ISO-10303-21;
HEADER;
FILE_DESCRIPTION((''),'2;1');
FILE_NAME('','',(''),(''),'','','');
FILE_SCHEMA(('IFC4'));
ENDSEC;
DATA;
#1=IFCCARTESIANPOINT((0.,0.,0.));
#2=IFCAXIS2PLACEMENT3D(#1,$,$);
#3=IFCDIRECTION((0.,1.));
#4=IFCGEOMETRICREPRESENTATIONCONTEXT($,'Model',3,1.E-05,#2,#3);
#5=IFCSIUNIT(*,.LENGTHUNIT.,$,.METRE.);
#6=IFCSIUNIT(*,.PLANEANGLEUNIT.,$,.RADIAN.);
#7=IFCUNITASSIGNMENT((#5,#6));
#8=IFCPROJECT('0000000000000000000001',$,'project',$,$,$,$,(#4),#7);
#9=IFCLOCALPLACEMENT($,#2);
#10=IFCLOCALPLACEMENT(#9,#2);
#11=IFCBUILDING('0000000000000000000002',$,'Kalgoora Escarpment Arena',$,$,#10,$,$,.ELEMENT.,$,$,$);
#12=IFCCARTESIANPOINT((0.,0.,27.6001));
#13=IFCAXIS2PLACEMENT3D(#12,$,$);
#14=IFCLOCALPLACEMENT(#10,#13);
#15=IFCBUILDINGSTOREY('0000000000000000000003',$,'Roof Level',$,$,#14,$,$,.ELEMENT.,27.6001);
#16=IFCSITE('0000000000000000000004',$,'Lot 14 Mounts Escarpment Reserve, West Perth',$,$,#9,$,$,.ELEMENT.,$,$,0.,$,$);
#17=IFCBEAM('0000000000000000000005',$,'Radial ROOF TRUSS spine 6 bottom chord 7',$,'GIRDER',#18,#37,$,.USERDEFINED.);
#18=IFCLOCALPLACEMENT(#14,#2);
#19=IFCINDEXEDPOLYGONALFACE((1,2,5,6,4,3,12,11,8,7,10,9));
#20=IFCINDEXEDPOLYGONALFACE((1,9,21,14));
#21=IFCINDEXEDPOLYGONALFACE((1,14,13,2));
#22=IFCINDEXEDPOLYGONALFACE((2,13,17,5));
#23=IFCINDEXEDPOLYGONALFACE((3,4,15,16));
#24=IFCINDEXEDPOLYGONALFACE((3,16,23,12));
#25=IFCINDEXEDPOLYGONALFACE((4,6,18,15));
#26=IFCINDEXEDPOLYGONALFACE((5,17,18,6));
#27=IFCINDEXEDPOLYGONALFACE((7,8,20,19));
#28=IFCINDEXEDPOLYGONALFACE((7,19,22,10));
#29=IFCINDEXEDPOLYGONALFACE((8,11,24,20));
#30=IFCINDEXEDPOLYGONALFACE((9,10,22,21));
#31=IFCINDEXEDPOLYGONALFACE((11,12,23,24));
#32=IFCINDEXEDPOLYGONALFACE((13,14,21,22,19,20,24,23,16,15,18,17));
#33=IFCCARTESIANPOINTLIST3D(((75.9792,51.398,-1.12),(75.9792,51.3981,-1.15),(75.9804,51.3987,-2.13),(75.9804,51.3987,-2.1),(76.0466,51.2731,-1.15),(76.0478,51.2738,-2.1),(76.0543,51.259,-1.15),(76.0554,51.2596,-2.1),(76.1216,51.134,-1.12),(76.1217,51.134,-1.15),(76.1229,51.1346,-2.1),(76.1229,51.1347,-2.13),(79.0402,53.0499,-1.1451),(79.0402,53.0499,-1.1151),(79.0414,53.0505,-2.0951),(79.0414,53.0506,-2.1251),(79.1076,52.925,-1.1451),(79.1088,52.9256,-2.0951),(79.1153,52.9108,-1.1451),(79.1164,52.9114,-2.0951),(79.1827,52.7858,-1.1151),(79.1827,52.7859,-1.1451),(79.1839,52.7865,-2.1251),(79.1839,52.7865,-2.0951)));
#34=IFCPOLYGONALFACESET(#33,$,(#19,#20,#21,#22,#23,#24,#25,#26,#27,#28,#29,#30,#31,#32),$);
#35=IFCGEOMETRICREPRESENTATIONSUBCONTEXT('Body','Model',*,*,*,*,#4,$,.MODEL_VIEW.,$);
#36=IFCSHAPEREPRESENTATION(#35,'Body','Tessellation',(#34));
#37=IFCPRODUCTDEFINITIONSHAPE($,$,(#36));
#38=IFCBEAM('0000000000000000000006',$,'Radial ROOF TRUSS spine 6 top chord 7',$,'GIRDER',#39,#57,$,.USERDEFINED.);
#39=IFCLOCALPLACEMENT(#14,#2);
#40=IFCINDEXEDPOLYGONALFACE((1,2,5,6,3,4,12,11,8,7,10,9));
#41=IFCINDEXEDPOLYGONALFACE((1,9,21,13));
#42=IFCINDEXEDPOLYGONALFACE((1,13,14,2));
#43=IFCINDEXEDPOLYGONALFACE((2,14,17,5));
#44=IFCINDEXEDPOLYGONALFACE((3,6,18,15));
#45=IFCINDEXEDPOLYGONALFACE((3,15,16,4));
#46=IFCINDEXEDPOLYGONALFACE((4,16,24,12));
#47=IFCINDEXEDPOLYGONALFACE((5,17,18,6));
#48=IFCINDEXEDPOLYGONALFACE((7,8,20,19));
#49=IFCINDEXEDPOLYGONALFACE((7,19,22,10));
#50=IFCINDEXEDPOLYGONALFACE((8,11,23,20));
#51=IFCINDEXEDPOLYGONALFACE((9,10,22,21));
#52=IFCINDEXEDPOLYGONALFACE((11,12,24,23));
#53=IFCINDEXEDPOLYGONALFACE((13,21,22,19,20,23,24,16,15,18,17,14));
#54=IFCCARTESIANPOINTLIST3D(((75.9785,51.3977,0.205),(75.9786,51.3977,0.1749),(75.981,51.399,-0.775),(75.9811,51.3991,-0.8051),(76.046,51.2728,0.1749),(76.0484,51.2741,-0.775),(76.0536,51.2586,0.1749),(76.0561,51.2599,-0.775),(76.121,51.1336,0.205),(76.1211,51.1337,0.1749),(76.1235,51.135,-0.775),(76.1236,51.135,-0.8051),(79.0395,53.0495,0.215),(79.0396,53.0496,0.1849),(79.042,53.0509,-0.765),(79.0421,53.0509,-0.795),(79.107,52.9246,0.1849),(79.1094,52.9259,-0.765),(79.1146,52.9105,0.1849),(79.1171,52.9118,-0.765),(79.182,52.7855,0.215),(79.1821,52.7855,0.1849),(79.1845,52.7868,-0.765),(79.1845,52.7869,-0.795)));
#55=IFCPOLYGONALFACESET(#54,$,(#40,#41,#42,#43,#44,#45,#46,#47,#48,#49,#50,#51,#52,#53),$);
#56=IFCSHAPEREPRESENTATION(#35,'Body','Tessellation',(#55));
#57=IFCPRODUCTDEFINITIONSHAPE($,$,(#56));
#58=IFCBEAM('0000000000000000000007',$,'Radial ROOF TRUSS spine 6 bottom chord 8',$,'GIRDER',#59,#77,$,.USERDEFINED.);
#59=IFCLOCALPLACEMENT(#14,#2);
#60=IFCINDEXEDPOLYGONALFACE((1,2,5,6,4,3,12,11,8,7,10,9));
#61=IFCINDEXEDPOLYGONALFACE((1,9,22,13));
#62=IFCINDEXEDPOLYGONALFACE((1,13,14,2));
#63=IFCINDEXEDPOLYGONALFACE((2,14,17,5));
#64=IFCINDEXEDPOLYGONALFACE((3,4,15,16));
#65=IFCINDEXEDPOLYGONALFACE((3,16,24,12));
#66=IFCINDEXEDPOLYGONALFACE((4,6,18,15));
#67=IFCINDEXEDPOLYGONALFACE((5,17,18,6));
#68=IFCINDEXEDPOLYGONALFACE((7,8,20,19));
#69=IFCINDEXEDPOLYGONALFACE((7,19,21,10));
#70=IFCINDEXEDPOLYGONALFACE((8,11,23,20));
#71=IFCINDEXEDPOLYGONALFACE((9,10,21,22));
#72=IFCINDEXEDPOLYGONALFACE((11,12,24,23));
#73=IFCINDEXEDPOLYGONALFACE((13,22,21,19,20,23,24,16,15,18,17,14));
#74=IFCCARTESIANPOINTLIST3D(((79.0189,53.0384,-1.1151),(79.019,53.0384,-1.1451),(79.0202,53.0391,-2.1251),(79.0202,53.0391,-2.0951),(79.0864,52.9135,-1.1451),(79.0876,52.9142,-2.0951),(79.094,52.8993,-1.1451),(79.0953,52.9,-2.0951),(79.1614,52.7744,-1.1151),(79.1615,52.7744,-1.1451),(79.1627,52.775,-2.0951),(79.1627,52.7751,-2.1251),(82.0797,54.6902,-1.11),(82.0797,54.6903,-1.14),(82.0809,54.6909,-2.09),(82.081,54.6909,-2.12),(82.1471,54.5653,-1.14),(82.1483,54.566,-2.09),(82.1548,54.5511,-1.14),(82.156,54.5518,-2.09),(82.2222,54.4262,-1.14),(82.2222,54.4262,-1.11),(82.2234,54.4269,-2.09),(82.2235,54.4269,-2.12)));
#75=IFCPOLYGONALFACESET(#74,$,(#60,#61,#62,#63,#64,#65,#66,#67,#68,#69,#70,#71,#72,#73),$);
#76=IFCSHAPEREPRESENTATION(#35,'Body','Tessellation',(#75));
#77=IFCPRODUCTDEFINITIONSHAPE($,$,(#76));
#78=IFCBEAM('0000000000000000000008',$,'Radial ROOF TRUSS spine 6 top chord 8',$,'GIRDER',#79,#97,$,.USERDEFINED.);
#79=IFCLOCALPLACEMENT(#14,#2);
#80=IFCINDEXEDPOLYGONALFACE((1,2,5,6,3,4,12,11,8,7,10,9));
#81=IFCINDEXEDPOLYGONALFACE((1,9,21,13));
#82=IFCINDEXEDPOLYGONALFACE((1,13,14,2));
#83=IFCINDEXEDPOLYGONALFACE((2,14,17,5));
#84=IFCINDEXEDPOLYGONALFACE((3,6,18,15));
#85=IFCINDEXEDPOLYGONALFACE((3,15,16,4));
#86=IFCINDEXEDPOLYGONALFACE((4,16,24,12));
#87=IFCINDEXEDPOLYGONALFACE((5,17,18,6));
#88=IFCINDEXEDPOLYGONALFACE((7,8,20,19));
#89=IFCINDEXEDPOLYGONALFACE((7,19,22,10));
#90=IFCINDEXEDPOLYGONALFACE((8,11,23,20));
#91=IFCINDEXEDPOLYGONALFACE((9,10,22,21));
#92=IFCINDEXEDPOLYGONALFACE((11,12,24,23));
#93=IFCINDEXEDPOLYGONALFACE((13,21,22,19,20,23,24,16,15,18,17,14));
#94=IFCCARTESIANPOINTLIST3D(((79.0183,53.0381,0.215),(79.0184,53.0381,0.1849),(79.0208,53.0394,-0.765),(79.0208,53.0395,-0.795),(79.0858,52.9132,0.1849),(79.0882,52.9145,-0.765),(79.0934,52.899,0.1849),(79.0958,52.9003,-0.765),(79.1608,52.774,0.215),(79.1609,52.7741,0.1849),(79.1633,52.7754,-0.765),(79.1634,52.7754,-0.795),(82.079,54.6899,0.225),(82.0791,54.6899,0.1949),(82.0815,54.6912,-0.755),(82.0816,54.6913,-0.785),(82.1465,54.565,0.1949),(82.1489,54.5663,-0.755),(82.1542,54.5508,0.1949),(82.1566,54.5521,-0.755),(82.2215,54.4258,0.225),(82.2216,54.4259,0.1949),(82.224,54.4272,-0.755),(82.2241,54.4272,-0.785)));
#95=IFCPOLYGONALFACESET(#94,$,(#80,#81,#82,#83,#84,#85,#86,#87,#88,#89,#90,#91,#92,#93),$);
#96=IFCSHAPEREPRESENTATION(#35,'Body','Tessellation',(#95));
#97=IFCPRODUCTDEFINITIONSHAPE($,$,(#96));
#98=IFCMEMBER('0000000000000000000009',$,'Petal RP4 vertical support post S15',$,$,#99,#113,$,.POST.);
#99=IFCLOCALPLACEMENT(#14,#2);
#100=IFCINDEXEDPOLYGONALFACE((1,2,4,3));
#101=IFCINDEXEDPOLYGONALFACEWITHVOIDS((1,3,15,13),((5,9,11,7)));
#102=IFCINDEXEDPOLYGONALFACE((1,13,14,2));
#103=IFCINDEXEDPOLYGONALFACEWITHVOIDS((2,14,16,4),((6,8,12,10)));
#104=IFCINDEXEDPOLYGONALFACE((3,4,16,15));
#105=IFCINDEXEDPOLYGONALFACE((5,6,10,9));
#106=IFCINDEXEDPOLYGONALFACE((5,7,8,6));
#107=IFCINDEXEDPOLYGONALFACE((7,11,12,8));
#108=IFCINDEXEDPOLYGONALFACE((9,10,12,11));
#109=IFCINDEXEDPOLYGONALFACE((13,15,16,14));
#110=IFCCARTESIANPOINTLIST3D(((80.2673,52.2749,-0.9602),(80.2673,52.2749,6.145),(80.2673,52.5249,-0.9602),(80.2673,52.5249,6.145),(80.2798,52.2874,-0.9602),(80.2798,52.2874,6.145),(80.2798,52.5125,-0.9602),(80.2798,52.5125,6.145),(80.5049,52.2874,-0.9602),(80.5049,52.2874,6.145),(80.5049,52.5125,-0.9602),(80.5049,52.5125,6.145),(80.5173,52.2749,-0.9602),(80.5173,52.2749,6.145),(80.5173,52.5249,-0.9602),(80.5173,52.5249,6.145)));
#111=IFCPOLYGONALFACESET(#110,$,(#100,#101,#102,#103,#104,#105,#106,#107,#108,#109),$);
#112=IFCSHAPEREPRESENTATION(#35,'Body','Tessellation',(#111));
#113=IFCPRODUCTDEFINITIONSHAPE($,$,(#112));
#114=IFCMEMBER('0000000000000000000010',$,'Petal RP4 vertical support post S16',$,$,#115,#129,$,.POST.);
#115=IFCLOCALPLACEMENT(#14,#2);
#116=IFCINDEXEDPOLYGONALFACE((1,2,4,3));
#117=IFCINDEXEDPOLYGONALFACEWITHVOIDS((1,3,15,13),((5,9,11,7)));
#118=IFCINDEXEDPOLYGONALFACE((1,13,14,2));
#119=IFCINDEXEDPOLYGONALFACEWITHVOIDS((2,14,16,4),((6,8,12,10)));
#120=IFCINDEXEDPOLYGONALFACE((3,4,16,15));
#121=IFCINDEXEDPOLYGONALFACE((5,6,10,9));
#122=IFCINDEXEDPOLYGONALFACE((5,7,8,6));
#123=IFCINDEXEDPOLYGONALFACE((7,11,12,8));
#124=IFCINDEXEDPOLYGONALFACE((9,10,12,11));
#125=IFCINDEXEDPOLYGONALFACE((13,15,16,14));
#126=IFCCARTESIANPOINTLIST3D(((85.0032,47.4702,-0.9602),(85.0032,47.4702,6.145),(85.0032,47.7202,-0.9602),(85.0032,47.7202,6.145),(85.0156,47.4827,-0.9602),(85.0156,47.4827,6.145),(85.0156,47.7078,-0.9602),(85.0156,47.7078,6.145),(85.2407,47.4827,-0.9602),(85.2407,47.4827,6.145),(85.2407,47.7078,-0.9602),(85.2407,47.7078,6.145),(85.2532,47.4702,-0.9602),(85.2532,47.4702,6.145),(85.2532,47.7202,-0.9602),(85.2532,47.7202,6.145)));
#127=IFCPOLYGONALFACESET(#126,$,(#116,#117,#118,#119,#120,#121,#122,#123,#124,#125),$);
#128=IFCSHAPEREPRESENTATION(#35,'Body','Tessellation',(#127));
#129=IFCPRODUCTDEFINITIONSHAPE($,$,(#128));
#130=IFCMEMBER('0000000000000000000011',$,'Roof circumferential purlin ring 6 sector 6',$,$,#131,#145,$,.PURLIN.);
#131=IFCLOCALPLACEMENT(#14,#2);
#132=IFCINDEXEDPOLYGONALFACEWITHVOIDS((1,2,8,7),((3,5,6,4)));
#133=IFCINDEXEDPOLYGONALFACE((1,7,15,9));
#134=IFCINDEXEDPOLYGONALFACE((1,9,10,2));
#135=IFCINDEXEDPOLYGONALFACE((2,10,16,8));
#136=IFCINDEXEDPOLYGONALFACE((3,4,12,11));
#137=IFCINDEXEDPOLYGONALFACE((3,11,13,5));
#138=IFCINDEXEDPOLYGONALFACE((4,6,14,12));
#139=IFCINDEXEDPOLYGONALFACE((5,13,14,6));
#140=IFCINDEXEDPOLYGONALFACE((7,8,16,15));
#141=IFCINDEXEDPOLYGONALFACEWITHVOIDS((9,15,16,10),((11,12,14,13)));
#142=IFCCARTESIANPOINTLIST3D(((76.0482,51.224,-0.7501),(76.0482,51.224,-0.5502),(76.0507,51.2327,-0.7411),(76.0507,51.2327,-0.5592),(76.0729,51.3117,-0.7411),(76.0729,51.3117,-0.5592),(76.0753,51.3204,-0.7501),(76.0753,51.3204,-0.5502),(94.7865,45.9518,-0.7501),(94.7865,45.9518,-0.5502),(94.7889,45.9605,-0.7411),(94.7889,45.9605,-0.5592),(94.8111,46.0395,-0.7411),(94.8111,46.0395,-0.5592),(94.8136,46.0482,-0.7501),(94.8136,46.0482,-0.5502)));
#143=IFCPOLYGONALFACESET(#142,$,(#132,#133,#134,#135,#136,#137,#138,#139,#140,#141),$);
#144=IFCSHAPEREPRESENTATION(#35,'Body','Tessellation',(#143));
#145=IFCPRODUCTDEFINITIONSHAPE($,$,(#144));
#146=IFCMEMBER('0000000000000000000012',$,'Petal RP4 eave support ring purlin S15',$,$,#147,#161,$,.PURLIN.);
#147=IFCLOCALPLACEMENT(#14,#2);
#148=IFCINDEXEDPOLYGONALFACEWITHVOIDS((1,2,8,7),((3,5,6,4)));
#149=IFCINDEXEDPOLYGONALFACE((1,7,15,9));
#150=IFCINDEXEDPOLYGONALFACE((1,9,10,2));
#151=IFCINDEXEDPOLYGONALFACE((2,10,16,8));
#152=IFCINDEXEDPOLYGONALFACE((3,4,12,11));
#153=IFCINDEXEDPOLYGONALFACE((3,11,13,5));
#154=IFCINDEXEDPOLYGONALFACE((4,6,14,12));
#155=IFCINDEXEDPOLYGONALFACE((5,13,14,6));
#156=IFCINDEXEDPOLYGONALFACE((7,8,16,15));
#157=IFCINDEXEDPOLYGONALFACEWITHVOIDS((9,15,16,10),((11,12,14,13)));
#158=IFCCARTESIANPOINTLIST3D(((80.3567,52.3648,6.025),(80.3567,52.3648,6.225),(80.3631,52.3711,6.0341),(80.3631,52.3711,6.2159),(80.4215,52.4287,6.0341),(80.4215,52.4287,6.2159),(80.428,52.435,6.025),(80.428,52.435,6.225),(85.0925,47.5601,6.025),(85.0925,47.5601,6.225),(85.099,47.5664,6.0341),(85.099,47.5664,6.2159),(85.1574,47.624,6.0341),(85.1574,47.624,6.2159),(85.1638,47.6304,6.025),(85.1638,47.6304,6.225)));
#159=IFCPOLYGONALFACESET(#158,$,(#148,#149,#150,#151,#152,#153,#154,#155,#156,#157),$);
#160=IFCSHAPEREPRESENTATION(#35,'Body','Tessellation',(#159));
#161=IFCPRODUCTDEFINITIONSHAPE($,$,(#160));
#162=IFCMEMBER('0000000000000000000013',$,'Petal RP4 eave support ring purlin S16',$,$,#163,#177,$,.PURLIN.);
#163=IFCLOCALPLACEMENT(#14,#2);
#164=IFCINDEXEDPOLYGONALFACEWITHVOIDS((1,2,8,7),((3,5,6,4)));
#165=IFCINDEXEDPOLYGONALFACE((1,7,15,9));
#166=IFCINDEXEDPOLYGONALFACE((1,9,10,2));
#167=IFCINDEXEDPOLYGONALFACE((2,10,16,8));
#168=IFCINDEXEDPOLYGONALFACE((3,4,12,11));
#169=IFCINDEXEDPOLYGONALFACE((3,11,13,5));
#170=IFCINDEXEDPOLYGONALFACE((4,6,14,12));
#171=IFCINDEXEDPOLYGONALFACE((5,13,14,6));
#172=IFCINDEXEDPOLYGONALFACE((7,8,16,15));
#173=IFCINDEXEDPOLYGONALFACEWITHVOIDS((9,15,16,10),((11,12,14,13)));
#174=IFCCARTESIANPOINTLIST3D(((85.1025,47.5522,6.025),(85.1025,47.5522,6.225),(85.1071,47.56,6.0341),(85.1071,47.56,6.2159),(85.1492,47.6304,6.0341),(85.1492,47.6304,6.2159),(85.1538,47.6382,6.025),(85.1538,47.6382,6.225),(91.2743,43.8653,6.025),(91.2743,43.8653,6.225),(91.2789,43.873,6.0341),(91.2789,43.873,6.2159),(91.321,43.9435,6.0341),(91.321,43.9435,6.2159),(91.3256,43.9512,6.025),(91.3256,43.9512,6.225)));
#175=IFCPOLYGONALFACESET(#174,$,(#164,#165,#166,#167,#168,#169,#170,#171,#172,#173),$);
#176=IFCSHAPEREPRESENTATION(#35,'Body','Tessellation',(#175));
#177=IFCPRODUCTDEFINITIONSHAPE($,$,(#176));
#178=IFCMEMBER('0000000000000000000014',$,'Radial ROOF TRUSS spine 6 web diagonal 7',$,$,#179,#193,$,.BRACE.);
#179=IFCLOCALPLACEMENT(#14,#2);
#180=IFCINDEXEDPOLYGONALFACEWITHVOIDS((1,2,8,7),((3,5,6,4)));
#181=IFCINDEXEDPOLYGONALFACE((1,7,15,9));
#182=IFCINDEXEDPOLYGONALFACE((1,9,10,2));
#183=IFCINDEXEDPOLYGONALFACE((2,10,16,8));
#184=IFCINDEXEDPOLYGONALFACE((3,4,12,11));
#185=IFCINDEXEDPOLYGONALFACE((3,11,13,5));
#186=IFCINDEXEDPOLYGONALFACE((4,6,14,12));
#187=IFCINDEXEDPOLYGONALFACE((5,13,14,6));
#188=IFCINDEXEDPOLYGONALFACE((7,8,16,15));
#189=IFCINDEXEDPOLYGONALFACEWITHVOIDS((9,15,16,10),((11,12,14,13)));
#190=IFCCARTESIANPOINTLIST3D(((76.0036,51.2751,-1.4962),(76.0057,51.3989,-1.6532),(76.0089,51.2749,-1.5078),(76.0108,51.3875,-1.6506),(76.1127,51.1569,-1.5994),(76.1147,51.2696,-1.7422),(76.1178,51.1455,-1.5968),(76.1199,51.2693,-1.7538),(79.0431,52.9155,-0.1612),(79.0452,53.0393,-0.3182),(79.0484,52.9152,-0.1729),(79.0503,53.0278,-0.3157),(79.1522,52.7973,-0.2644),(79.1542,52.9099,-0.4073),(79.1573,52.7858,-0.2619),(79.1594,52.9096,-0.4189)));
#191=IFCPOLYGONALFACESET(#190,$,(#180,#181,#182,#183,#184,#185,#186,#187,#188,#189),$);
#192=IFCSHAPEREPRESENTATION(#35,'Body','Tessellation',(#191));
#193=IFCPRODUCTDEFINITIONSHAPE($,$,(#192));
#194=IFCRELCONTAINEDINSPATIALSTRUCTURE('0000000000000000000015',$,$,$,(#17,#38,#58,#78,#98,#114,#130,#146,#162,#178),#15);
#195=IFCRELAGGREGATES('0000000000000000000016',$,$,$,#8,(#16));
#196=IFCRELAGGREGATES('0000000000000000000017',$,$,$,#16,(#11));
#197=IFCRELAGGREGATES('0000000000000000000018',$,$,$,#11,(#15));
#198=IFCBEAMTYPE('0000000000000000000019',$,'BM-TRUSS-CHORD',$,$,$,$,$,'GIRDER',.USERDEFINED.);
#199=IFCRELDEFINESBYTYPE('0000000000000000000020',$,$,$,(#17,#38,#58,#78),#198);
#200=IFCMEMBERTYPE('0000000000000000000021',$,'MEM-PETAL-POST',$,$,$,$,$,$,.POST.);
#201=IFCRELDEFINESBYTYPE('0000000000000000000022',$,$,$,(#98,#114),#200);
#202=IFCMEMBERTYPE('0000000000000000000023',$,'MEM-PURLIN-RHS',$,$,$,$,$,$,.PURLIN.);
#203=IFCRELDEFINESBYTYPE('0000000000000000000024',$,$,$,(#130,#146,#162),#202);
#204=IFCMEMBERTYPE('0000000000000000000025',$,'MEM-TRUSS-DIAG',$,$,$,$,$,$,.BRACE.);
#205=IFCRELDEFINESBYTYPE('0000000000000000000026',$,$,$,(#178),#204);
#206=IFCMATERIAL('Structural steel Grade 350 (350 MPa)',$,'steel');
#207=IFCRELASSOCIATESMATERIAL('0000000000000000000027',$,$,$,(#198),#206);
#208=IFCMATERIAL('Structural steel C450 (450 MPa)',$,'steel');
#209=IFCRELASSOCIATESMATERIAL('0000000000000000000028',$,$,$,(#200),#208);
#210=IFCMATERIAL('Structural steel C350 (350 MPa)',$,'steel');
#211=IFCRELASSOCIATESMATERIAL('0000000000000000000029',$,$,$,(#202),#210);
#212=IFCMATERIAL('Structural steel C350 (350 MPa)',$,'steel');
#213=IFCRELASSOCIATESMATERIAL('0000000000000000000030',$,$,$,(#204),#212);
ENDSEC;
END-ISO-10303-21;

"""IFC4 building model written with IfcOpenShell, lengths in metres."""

from ifc_helpers import new_model, si_unit, direction, frame, origin, origin_2d, place, context, subcontext, project, spatial, hollow_rectangle, i_section, extrude, material, material_profile, profile_set, type_object, element, save


model = new_model("IFC4")

# Units and contexts
model_context = context("Model", 3, precision=1e-05, world=origin(), true_north=direction((0.0, 1.0)))
body_context = subcontext(model_context, "Body", "Model", "MODEL_VIEW")
ifc_project = project(units=[si_unit("LENGTHUNIT", "METRE"), si_unit("PLANEANGLEUNIT", "RADIAN")], contexts=[model_context])

# Site, building, storey
site_placement = place(None, origin())
site = spatial("IfcSite", under=ifc_project, at=site_placement, Name="Lot 14 Mounts Escarpment Reserve, West Perth", CompositionType="ELEMENT", RefElevation=0.0)
building_placement = place(site_placement, origin())
building = spatial("IfcBuilding", under=site, at=building_placement, Name="Kalgoora Escarpment Arena", CompositionType="ELEMENT")
storey_placement = place(building_placement, frame((0.0, 0.0, 27.6001)))
storey = spatial("IfcBuildingStorey", under=building, at=storey_placement, Name="Roof Level", CompositionType="ELEMENT", Elevation=27.6001)

# Beams
ifc_material_1 = material(Name="Structural steel Grade 350 (350 MPa)", Category="steel")
ifc_material_profile_1 = material_profile(ifc_material_1, i_section(OverallWidth=0.3, OverallDepth=1.01, WebThickness=0.0161, FlangeThickness=0.03, at=origin_2d()))
ifc_profile_set_1 = profile_set([ifc_material_profile_1], Name="Structural steel Grade 350 (350 MPa)")
beam_type = type_object("IfcBeamType", Name="BM-TRUSS-CHORD", ElementType="GIRDER", PredefinedType="USERDEFINED", material=ifc_profile_set_1)
for number, where, z_axis, x_axis, name in (
    (1, (76.051, 51.2664, -1.625), (0.880037, 0.474903, 0.001404), (-0.474903, 0.880038, 0.0), "Radial ROOF TRUSS spine 6 bottom chord 7"),
    (2, (76.051, 51.2664, -0.3), (0.880034, 0.474901, 0.002878), (-0.474903, 0.880038, 0.0), "Radial ROOF TRUSS spine 6 top chord 7"),
):
    element("IfcBeam", number, at=place(storey_placement, frame(where, z_axis=z_axis, x_axis=x_axis)), inside=storey, type_object=beam_type, Name=name, ObjectType="GIRDER", PredefinedType="USERDEFINED", context=body_context, shape_type="SweptSolid", body=[
        extrude(i_section(OverallWidth=0.3, OverallDepth=1.01, WebThickness=0.0161, FlangeThickness=0.03, at=origin_2d()), origin(), (0.0, 0.0, 1.0), 3.4783),
    ])
for number, where, z_axis, x_axis, name in (
    (3, (79.0908, 52.9067, -1.6201), (0.880021, 0.474932, 0.001474), (-0.474933, 0.880022, 0.0), "Radial ROOF TRUSS spine 6 bottom chord 8"),
    (4, (79.0908, 52.9067, -0.29), (0.880019, 0.474931, 0.002878), (-0.474933, 0.880022, 0.0), "Radial ROOF TRUSS spine 6 top chord 8"),
):
    element("IfcBeam", number, at=place(storey_placement, frame(where, z_axis=z_axis, x_axis=x_axis)), inside=storey, type_object=beam_type, Name=name, ObjectType="GIRDER", PredefinedType="USERDEFINED", context=body_context, shape_type="SweptSolid", body=[
        extrude(i_section(OverallWidth=0.3, OverallDepth=1.01, WebThickness=0.0161, FlangeThickness=0.03, at=origin_2d()), origin(), (0.0, 0.0, 1.0), 3.478),
    ])

# Members
ifc_material_2 = material(Name="Structural steel C450 (450 MPa)", Category="steel")
ifc_material_profile_2 = material_profile(ifc_material_2, hollow_rectangle(XDim=0.25, YDim=0.25, WallThickness=0.0125, at=origin_2d()))
ifc_profile_set_2 = profile_set([ifc_material_profile_2], Name="Structural steel C450 (450 MPa)")
member_type_1 = type_object("IfcMemberType", Name="MEM-PETAL-POST", PredefinedType="POST", material=ifc_profile_set_2)
for number, where, z_axis, x_axis, name in (
    (5, (80.3923, 52.3999, -0.9602), (0.0, 0.0, 1.0), (1.0, 0.0, 0.0), "Petal RP4 vertical support post S15"),
    (6, (85.1282, 47.5952, -0.9602), (0.0, 0.0, 1.0), (1.0, 0.0, 0.0), "Petal RP4 vertical support post S16"),
):
    element("IfcMember", number, at=place(storey_placement, frame(where, z_axis=z_axis, x_axis=x_axis)), inside=storey, type_object=member_type_1, Name=name, PredefinedType="POST", context=body_context, shape_type="SweptSolid", body=[
        extrude(hollow_rectangle(XDim=0.25, YDim=0.25, WallThickness=0.0125, at=origin_2d()), origin(), (0.0, 0.0, 1.0), 7.1052),
    ])
ifc_material_3 = material(Name="Structural steel C350 (350 MPa)", Category="steel")
ifc_material_profile_3 = material_profile(ifc_material_3, hollow_rectangle(XDim=0.1001, YDim=0.2, WallThickness=0.009, at=origin_2d()))
ifc_profile_set_3 = profile_set([ifc_material_profile_3], Name="Structural steel C350 (350 MPa)")
member_type_2 = type_object("IfcMemberType", Name="MEM-PURLIN-RHS", PredefinedType="PURLIN", material=ifc_profile_set_3)
member_1_placement = place(storey_placement, frame((76.0618, 51.2722, -0.6501), z_axis=(0.962623, -0.270844, 0.0), x_axis=(0.270844, 0.962623, 0.0)))
element("IfcMember", 7, at=member_1_placement, inside=storey, type_object=member_type_2, Name="Roof circumferential purlin ring 6 sector 6", PredefinedType="PURLIN", context=body_context, shape_type="SweptSolid", body=[
    extrude(hollow_rectangle(XDim=0.1001, YDim=0.2, WallThickness=0.009, at=origin_2d()), origin(), (0.0, 0.0, 1.0), 19.4658),
])
member_2_placement = place(storey_placement, frame((80.3923, 52.3999, 6.125), z_axis=(0.701986, -0.712191, 0.0), x_axis=(0.712191, 0.701986, 0.0)))
element("IfcMember", 8, at=member_2_placement, inside=storey, type_object=member_type_2, Name="Petal RP4 eave support ring purlin S15", PredefinedType="PURLIN", context=body_context, shape_type="SweptSolid", body=[
    extrude(hollow_rectangle(XDim=0.1001, YDim=0.2, WallThickness=0.009, at=origin_2d()), origin(), (0.0, 0.0, 1.0), 6.7463),
])
member_3_placement = place(storey_placement, frame((85.1282, 47.5952, 6.125), z_axis=(0.85848, -0.512847, 0.0), x_axis=(0.512847, 0.85848, 0.0)))
element("IfcMember", 9, at=member_3_placement, inside=storey, type_object=member_type_2, Name="Petal RP4 eave support ring purlin S16", PredefinedType="PURLIN", context=body_context, shape_type="SweptSolid", body=[
    extrude(hollow_rectangle(XDim=0.1001, YDim=0.2, WallThickness=0.009, at=origin_2d()), origin(), (0.0, 0.0, 1.0), 7.1892),
])
ifc_material_4 = material(Name="Structural steel C350 (350 MPa)", Category="steel")
ifc_material_profile_4 = material_profile(ifc_material_4, hollow_rectangle(XDim=0.2, YDim=0.2, WallThickness=0.009, at=origin_2d()))
ifc_profile_set_4 = profile_set([ifc_material_profile_4], Name="Structural steel C350 (350 MPa)")
member_type_3 = type_object("IfcMemberType", Name="MEM-TRUSS-DIAG", PredefinedType="BRACE", material=ifc_profile_set_4)
member_4_placement = place(storey_placement, frame((76.0618, 51.2722, -1.625), z_axis=(0.820846, 0.442993, 0.360513), x_axis=(-0.57105, 0.648375, 0.5035)))
element("IfcMember", 10, at=member_4_placement, inside=storey, type_object=member_type_3, Name="Radial ROOF TRUSS spine 6 web diagonal 7", PredefinedType="BRACE", context=body_context, shape_type="SweptSolid", body=[
    extrude(hollow_rectangle(XDim=0.2, YDim=0.2, WallThickness=0.009, at=origin_2d()), origin(), (0.0, 0.0, 1.0), 3.7029),
])

save(model, "model.ifc")
